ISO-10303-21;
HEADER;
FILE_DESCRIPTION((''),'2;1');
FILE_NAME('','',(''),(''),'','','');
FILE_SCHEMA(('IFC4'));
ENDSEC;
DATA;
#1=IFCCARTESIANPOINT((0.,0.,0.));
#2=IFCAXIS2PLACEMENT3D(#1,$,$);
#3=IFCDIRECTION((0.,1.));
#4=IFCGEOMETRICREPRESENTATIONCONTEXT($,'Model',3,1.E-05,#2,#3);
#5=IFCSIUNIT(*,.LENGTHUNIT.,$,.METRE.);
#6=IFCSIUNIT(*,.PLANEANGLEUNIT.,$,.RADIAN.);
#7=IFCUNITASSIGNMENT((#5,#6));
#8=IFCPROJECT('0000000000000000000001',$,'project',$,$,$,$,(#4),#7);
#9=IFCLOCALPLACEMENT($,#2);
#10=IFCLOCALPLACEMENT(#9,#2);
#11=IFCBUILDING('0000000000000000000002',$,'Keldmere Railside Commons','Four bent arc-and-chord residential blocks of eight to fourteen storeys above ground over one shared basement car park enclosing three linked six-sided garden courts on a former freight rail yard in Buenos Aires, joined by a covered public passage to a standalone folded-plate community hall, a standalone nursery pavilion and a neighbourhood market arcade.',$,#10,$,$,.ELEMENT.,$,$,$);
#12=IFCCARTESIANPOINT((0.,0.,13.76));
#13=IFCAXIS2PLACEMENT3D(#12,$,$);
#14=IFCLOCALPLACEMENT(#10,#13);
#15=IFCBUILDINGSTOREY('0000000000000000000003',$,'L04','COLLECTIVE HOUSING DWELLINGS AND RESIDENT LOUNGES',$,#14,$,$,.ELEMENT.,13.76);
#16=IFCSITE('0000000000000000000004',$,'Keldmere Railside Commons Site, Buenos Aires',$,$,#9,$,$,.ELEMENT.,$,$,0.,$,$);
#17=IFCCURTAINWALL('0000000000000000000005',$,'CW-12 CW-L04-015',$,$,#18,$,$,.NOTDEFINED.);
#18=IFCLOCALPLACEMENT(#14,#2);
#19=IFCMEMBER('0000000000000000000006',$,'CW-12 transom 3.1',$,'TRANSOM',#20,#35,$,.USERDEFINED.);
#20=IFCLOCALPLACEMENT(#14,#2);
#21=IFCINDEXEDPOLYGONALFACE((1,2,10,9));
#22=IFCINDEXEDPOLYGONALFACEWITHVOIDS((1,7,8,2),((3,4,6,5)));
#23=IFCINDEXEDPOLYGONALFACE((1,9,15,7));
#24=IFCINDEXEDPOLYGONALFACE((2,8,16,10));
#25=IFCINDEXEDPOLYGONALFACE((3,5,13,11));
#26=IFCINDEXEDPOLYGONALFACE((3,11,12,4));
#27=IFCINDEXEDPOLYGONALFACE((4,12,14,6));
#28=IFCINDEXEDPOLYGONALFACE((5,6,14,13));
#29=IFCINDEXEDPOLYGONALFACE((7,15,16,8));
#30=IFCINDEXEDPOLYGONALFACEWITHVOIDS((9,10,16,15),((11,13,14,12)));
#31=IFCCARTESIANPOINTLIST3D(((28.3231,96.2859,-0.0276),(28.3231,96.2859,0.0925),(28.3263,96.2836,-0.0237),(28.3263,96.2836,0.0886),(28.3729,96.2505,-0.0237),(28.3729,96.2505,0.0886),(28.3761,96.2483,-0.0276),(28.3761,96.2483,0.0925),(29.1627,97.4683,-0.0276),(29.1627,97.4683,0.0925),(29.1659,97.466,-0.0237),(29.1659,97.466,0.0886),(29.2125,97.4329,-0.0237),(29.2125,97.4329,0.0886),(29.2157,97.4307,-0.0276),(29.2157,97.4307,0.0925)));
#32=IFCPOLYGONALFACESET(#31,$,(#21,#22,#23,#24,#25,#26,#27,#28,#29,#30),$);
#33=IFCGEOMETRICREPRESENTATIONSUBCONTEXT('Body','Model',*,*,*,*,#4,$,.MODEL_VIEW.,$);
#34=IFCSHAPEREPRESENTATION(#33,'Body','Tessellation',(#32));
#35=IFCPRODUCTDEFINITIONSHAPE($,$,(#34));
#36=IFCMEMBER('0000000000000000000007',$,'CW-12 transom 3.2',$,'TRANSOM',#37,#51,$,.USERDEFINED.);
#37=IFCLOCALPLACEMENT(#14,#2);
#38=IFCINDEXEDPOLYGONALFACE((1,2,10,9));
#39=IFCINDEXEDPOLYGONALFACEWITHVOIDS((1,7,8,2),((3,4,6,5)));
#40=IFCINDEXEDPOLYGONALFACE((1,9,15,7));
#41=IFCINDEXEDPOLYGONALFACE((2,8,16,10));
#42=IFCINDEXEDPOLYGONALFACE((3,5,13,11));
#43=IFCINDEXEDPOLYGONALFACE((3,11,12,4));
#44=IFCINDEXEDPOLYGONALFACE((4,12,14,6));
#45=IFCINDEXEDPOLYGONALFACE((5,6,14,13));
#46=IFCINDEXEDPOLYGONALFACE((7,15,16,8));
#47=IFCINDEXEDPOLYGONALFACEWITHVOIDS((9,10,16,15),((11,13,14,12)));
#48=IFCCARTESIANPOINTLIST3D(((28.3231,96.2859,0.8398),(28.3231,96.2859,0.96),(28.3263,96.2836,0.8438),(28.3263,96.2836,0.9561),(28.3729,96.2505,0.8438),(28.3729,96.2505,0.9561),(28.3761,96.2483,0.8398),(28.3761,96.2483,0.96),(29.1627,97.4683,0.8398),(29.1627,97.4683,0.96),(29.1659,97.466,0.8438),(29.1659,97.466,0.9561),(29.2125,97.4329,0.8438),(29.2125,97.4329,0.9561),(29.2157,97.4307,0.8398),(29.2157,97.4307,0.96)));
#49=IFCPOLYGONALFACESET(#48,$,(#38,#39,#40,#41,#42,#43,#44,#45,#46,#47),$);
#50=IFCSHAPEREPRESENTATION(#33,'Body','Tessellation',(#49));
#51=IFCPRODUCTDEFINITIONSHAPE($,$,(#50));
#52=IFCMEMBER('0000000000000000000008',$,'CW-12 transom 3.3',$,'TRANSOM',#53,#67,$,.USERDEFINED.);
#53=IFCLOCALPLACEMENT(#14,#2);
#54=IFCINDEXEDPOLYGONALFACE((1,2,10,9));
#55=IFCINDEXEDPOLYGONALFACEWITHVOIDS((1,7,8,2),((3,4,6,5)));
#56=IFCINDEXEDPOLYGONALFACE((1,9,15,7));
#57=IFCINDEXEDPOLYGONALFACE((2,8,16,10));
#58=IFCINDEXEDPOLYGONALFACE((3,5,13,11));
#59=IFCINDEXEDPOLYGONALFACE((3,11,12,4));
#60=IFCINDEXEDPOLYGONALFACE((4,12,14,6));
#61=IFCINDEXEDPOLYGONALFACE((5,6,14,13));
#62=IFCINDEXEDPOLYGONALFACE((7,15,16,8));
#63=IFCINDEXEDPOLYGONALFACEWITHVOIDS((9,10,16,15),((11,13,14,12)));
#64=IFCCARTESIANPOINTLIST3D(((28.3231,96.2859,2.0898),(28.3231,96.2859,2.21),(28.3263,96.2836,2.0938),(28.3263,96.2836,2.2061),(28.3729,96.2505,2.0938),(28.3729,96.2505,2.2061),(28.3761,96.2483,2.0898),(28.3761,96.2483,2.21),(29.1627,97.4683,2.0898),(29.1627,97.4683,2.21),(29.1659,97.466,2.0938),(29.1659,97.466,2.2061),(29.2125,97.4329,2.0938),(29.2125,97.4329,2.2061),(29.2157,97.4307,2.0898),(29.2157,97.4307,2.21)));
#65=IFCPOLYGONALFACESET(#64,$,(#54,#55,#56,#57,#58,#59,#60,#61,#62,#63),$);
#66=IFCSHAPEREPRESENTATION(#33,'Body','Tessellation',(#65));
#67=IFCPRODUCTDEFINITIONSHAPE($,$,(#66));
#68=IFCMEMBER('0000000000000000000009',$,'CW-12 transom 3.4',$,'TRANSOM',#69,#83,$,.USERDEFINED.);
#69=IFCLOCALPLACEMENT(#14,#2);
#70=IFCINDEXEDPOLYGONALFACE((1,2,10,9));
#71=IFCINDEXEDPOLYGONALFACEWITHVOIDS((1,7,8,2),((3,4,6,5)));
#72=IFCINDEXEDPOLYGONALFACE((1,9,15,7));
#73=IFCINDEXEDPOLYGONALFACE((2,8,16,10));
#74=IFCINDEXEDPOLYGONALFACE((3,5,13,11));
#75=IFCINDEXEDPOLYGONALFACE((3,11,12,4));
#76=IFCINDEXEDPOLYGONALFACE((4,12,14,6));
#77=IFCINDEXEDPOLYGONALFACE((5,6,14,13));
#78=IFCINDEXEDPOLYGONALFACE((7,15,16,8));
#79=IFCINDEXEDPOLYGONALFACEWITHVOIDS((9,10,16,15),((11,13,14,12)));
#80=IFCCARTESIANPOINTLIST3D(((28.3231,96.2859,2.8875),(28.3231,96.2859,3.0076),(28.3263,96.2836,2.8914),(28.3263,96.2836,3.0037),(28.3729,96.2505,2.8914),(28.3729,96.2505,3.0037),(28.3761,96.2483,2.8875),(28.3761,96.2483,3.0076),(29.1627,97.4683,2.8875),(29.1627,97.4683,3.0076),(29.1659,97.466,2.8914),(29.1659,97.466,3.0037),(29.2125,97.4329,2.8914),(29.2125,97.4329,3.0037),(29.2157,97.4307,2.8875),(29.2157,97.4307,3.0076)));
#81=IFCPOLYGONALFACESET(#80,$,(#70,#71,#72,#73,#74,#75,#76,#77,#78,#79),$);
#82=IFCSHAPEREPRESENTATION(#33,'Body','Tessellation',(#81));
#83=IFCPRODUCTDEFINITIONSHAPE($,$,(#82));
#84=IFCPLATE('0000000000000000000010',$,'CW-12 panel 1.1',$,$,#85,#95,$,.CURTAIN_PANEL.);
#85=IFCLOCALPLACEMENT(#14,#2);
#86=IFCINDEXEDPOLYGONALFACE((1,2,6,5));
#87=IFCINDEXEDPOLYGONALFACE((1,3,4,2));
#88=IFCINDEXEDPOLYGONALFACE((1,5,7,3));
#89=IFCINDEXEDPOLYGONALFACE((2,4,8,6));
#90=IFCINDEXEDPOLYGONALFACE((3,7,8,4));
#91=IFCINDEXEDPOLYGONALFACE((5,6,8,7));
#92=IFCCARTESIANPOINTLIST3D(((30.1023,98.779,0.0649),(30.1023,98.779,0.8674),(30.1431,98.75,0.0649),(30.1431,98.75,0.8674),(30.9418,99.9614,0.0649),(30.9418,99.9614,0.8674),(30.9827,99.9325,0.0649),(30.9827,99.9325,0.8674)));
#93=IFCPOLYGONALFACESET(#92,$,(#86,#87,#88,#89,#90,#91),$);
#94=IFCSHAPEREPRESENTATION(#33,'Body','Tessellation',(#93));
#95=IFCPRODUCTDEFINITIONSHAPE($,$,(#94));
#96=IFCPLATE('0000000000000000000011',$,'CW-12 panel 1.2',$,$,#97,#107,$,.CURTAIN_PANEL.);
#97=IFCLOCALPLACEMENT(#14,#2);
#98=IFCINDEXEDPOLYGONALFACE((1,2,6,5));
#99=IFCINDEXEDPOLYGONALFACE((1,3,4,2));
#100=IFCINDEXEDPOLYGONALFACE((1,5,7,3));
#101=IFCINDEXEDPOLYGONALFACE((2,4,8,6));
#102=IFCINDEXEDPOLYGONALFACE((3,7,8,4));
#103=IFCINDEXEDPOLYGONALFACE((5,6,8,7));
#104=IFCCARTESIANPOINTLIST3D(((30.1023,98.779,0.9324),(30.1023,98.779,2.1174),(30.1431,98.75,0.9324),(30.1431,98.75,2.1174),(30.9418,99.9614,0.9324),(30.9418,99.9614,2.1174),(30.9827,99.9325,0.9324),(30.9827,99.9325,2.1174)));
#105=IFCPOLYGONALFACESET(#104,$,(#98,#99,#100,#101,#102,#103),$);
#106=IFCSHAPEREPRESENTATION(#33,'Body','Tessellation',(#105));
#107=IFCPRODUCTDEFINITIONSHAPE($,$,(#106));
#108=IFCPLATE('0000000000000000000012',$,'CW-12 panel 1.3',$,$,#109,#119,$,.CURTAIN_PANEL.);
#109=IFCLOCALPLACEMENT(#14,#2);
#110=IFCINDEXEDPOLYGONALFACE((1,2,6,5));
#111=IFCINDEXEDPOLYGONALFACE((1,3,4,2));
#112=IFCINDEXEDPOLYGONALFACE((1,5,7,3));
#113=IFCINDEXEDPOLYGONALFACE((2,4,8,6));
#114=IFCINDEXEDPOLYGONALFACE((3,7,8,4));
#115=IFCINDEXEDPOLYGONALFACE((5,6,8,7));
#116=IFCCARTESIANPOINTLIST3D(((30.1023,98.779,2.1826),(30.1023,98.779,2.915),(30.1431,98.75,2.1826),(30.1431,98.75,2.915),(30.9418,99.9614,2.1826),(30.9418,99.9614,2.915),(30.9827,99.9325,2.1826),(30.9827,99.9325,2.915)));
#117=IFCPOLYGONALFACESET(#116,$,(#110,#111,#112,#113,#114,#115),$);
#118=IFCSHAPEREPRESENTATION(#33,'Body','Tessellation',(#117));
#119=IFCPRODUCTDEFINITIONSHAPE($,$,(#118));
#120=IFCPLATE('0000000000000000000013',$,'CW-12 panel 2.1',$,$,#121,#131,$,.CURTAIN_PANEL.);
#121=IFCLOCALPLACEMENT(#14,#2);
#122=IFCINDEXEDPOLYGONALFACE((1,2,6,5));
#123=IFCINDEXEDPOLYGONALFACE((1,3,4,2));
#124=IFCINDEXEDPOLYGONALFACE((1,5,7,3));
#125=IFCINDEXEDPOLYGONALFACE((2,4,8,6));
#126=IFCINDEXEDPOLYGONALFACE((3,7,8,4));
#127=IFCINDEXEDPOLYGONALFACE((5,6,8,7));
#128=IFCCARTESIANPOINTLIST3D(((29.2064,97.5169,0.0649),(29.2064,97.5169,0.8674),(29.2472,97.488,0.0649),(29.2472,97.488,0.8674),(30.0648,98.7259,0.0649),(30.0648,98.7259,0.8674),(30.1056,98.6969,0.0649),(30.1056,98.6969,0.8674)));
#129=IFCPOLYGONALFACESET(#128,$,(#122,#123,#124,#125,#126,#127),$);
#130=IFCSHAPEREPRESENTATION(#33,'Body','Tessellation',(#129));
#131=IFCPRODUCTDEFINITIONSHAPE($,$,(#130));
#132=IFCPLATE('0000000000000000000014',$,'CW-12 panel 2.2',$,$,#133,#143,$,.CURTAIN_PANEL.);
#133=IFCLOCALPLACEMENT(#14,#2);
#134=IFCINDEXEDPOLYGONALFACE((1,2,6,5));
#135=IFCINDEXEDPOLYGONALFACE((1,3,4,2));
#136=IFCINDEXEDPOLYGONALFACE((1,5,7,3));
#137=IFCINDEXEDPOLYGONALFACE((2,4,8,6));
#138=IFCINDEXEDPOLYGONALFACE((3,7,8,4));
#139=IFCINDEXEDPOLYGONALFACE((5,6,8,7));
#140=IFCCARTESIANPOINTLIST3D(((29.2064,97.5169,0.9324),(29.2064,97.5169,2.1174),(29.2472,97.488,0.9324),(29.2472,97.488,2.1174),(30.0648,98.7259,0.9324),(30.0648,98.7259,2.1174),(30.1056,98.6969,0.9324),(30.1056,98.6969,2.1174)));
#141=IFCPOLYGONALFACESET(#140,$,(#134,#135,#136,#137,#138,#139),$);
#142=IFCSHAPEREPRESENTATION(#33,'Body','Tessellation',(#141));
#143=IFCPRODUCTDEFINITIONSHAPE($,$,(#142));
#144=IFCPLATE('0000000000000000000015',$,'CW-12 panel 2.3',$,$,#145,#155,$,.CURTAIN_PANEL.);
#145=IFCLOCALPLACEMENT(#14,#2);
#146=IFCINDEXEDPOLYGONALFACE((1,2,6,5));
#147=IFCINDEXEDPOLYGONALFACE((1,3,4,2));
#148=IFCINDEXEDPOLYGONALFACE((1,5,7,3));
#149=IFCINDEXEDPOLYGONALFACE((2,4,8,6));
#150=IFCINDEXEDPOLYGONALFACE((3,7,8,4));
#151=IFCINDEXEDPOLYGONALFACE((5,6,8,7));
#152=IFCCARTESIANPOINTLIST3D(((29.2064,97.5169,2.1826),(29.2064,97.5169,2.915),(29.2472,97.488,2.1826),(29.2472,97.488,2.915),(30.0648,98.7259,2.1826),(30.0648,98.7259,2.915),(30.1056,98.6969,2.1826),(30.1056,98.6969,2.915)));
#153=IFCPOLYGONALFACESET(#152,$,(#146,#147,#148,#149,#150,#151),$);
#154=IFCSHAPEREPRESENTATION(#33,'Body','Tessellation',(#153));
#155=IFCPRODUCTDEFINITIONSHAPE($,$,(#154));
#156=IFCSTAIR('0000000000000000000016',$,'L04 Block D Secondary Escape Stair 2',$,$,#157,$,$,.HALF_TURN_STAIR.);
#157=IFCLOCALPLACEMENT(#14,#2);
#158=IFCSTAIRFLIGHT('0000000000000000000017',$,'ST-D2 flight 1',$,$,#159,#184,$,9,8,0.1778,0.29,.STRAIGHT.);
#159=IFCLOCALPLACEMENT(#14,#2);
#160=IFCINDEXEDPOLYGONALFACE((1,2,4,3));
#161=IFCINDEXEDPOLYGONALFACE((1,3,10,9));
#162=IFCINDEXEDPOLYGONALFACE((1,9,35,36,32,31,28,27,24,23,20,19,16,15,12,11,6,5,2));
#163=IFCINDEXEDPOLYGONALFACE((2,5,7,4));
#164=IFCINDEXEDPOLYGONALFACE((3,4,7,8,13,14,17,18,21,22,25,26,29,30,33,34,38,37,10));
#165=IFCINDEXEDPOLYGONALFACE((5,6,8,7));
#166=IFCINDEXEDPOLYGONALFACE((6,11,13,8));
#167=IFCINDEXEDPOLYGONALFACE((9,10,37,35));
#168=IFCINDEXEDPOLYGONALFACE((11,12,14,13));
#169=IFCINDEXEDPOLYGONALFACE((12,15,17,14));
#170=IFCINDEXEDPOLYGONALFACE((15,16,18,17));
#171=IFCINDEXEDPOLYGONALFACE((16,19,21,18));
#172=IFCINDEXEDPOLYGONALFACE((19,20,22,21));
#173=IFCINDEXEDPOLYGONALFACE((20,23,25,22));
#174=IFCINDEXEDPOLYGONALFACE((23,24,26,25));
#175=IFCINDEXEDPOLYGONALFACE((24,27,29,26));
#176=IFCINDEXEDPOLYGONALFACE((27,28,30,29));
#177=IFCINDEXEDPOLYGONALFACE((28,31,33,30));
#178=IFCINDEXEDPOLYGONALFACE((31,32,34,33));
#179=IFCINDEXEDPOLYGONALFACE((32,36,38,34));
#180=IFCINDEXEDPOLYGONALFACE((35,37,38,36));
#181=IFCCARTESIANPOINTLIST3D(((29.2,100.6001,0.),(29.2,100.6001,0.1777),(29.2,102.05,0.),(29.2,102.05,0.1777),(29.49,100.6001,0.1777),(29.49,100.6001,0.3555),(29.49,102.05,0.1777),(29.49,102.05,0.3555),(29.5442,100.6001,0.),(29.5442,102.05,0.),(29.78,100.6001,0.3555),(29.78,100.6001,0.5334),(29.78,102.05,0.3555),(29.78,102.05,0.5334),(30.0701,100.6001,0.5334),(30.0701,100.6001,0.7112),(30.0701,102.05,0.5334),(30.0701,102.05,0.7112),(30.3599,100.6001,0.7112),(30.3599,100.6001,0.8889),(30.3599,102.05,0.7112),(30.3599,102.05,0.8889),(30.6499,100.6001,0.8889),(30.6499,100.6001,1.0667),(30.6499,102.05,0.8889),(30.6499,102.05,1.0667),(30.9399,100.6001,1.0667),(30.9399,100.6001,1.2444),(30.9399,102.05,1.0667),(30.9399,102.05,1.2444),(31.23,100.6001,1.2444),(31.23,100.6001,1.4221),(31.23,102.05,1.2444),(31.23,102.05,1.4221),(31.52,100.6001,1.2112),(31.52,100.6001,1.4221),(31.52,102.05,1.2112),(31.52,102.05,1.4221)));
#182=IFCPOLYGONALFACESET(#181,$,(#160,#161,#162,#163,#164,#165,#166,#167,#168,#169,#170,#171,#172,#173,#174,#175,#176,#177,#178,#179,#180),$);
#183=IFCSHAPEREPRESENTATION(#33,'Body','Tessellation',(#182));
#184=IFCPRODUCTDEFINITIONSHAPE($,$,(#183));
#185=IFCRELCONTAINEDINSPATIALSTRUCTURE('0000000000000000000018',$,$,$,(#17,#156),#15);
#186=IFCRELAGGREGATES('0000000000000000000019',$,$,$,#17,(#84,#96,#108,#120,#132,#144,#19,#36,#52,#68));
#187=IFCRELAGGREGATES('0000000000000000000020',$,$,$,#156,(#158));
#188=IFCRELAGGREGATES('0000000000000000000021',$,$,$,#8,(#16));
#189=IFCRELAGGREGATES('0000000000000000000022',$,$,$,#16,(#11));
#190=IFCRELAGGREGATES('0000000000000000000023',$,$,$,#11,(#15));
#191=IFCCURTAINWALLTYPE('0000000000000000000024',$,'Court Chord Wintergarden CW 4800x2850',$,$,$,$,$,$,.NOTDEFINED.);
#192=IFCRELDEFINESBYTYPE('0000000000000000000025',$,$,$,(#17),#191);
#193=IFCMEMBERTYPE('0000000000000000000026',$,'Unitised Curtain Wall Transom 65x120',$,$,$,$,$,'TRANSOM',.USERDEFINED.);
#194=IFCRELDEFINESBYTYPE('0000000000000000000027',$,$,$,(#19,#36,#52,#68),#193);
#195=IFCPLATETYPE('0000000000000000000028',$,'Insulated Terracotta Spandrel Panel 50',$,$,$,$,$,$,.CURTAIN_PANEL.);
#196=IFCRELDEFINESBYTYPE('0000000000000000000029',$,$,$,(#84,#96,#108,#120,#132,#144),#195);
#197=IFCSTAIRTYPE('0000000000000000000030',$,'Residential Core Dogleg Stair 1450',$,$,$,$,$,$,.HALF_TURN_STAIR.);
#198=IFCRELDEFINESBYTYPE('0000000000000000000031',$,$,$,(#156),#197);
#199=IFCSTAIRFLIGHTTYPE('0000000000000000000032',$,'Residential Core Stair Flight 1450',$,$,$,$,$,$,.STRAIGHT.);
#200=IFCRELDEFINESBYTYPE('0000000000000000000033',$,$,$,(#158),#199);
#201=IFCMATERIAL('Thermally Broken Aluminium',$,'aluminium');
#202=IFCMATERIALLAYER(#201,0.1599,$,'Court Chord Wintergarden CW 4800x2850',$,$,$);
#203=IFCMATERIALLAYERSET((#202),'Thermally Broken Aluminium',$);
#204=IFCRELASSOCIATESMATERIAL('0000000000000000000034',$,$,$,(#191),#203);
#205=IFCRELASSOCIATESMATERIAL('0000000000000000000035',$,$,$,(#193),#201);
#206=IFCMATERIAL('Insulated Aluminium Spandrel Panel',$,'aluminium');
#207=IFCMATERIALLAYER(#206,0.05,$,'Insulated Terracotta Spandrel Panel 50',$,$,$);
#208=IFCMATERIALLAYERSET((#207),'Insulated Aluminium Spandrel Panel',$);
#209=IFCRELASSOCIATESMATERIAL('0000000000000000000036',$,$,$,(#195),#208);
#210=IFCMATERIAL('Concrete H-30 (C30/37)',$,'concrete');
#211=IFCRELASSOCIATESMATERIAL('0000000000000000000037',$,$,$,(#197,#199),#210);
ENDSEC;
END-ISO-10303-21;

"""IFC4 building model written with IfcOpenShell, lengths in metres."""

from ifc_helpers import new_model, si_unit, direction, frame, origin, origin_2d, place, context, subcontext, project, spatial, polyline, rectangle, hollow_rectangle, outline, extrude, material, layer, layer_set, material_profile, profile_set, type_object, element, aggregate, save


model = new_model("IFC4")

# Units and contexts
model_context = context("Model", 3, precision=1e-05, world=origin(), true_north=direction((0.0, 1.0)))
body_context = subcontext(model_context, "Body", "Model", "MODEL_VIEW")
ifc_project = project(units=[si_unit("LENGTHUNIT", "METRE"), si_unit("PLANEANGLEUNIT", "RADIAN")], contexts=[model_context])

# Site, building, storey
site_placement = place(None, origin())
site = spatial("IfcSite", under=ifc_project, at=site_placement, Name="Keldmere Railside Commons Site, Buenos Aires", CompositionType="ELEMENT", RefElevation=0.0)
building_placement = place(site_placement, origin())
building = spatial("IfcBuilding", under=site, at=building_placement, Name="Keldmere Railside Commons", Description="Four bent arc-and-chord residential blocks of eight to fourteen storeys above ground over one shared basement car park enclosing three linked six-sided garden courts on a former freight rail yard in Buenos Aires, joined by a covered public passage to a standalone folded-plate community hall, a standalone nursery pavilion and a neighbourhood market arcade.", CompositionType="ELEMENT")
storey_placement = place(building_placement, frame((0.0, 0.0, 13.76)))
storey = spatial("IfcBuildingStorey", under=building, at=storey_placement, Name="L04", Description="COLLECTIVE HOUSING DWELLINGS AND RESIDENT LOUNGES", CompositionType="ELEMENT", Elevation=13.76)

# Curtain wall, members, plates
ifc_material_1 = material(Name="Thermally Broken Aluminium", Category="aluminium")
ifc_layer_1 = layer(ifc_material_1, 0.1599, Name="Court Chord Wintergarden CW 4800x2850")
ifc_layer_set_1 = layer_set([ifc_layer_1], Name="Thermally Broken Aluminium")
curtain_wall_type = type_object("IfcCurtainWallType", Name="Court Chord Wintergarden CW 4800x2850", PredefinedType="NOTDEFINED", material=ifc_layer_set_1)
curtain_wall_placement = place(storey_placement, origin())
curtain_wall = element("IfcCurtainWall", 1, at=curtain_wall_placement, inside=storey, type_object=curtain_wall_type, Name="CW-12 CW-L04-015", PredefinedType="NOTDEFINED")
ifc_material_profile_1 = material_profile(ifc_material_1, hollow_rectangle(XDim=0.0649, YDim=0.1201, WallThickness=0.0039, at=origin_2d()), Name="ALU-TRAN-65x120")
ifc_profile_set_1 = profile_set([ifc_material_profile_1], Name="Thermally Broken Aluminium")
member_type_1 = type_object("IfcMemberType", Name="Unitised Curtain Wall Transom 65x120", ElementType="TRANSOM", PredefinedType="USERDEFINED", material=ifc_profile_set_1)
member_1_placement = place(storey_placement, frame((29.1892, 97.4495, 0.0325), z_axis=(-0.578975, -0.815346, 0.0), x_axis=(0.815346, -0.578975, 0.0)))
member_1 = element("IfcMember", 2, at=member_1_placement, type_object=member_type_1, Name="CW-12 transom 3.1", ObjectType="TRANSOM", PredefinedType="USERDEFINED", context=body_context, shape_type="SweptSolid", body=[
    extrude(hollow_rectangle(XDim=0.0649, YDim=0.1201, WallThickness=0.0039, at=origin_2d()), origin(), (0.0, 0.0, 1.0), 1.4502),
])
member_2_placement = place(storey_placement, frame((29.1892, 97.4495, 0.8999), z_axis=(-0.578975, -0.815346, 0.0), x_axis=(0.815346, -0.578975, 0.0)))
member_2 = element("IfcMember", 3, at=member_2_placement, type_object=member_type_1, Name="CW-12 transom 3.2", ObjectType="TRANSOM", PredefinedType="USERDEFINED", context=body_context, shape_type="SweptSolid", body=[
    extrude(hollow_rectangle(XDim=0.0649, YDim=0.1201, WallThickness=0.0039, at=origin_2d()), origin(), (0.0, 0.0, 1.0), 1.4502),
])
member_3_placement = place(storey_placement, frame((29.1892, 97.4495, 2.1499), z_axis=(-0.578975, -0.815346, 0.0), x_axis=(0.815346, -0.578975, 0.0)))
member_3 = element("IfcMember", 4, at=member_3_placement, type_object=member_type_1, Name="CW-12 transom 3.3", ObjectType="TRANSOM", PredefinedType="USERDEFINED", context=body_context, shape_type="SweptSolid", body=[
    extrude(hollow_rectangle(XDim=0.0649, YDim=0.1201, WallThickness=0.0039, at=origin_2d()), origin(), (0.0, 0.0, 1.0), 1.4502),
])
member_4_placement = place(storey_placement, frame((29.1892, 97.4495, 2.9475), z_axis=(-0.578975, -0.815346, 0.0), x_axis=(0.815346, -0.578975, 0.0)))
member_4 = element("IfcMember", 5, at=member_4_placement, type_object=member_type_1, Name="CW-12 transom 3.4", ObjectType="TRANSOM", PredefinedType="USERDEFINED", context=body_context, shape_type="SweptSolid", body=[
    extrude(hollow_rectangle(XDim=0.0649, YDim=0.1201, WallThickness=0.0039, at=origin_2d()), origin(), (0.0, 0.0, 1.0), 1.4502),
])
ifc_material_2 = material(Name="Insulated Aluminium Spandrel Panel", Category="aluminium")
ifc_layer_2 = layer(ifc_material_2, 0.05, Name="Insulated Terracotta Spandrel Panel 50")
ifc_layer_set_2 = layer_set([ifc_layer_2], Name="Insulated Aluminium Spandrel Panel")
plate_type = type_object("IfcPlateType", Name="Insulated Terracotta Spandrel Panel 50", PredefinedType="CURTAIN_PANEL", material=ifc_layer_set_2)
plate_1_placement = place(storey_placement, frame((30.5425, 99.3557, 0.0649), z_axis=(0.0, 0.0, 1.0), x_axis=(-0.578913, -0.815389, 0.0)))
plate_1 = element("IfcPlate", 6, at=plate_1_placement, type_object=plate_type, Name="CW-12 panel 1.1", PredefinedType="CURTAIN_PANEL", context=body_context, shape_type="SweptSolid", body=[
    extrude(rectangle(XDim=1.4502, YDim=0.05, at=origin_2d()), origin(), (0.0, 0.0, 1.0), 0.8025),
])
plate_2_placement = place(storey_placement, frame((30.5425, 99.3557, 0.9324), z_axis=(0.0, 0.0, 1.0), x_axis=(-0.578913, -0.815389, 0.0)))
plate_2 = element("IfcPlate", 7, at=plate_2_placement, type_object=plate_type, Name="CW-12 panel 1.2", PredefinedType="CURTAIN_PANEL", context=body_context, shape_type="SweptSolid", body=[
    extrude(rectangle(XDim=1.4502, YDim=0.05, at=origin_2d()), origin(), (0.0, 0.0, 1.0), 1.1851),
])
plate_3_placement = place(storey_placement, frame((30.5425, 99.3557, 2.1826), z_axis=(0.0, 0.0, 1.0), x_axis=(-0.578913, -0.815389, 0.0)))
plate_3 = element("IfcPlate", 8, at=plate_3_placement, type_object=plate_type, Name="CW-12 panel 1.3", PredefinedType="CURTAIN_PANEL", context=body_context, shape_type="SweptSolid", body=[
    extrude(rectangle(XDim=1.4502, YDim=0.05, at=origin_2d()), origin(), (0.0, 0.0, 1.0), 0.7324),
])
plate_4_placement = place(storey_placement, frame((29.656, 98.1069, 0.0649), z_axis=(0.0, 0.0, 1.0), x_axis=(-0.578913, -0.815389, 0.0)))
plate_4 = element("IfcPlate", 9, at=plate_4_placement, type_object=plate_type, Name="CW-12 panel 2.1", PredefinedType="CURTAIN_PANEL", context=body_context, shape_type="SweptSolid", body=[
    extrude(rectangle(XDim=1.4827, YDim=0.05, at=origin_2d()), origin(), (0.0, 0.0, 1.0), 0.8025),
])
plate_5_placement = place(storey_placement, frame((29.656, 98.1069, 0.9324), z_axis=(0.0, 0.0, 1.0), x_axis=(-0.578913, -0.815389, 0.0)))
plate_5 = element("IfcPlate", 10, at=plate_5_placement, type_object=plate_type, Name="CW-12 panel 2.2", PredefinedType="CURTAIN_PANEL", context=body_context, shape_type="SweptSolid", body=[
    extrude(rectangle(XDim=1.4827, YDim=0.05, at=origin_2d()), origin(), (0.0, 0.0, 1.0), 1.1851),
])
plate_6_placement = place(storey_placement, frame((29.656, 98.1069, 2.1826), z_axis=(0.0, 0.0, 1.0), x_axis=(-0.578913, -0.815389, 0.0)))
plate_6 = element("IfcPlate", 11, at=plate_6_placement, type_object=plate_type, Name="CW-12 panel 2.3", PredefinedType="CURTAIN_PANEL", context=body_context, shape_type="SweptSolid", body=[
    extrude(rectangle(XDim=1.4827, YDim=0.05, at=origin_2d()), origin(), (0.0, 0.0, 1.0), 0.7324),
])
aggregate(curtain_wall, [plate_1, plate_2, plate_3, plate_4, plate_5, plate_6, member_1, member_2, member_3, member_4])

# Stair, stair flight
ifc_material_3 = material(Name="Concrete H-30 (C30/37)", Category="concrete")
stair_type = type_object("IfcStairType", Name="Residential Core Dogleg Stair 1450", PredefinedType="HALF_TURN_STAIR", material=ifc_material_3)
stair_placement = place(storey_placement, origin())
stair = element("IfcStair", 12, at=stair_placement, inside=storey, type_object=stair_type, Name="L04 Block D Secondary Escape Stair 2", PredefinedType="HALF_TURN_STAIR")
stair_flight_type = type_object("IfcStairFlightType", Name="Residential Core Stair Flight 1450", PredefinedType="STRAIGHT", material=ifc_material_3)
stair_flight_placement = place(storey_placement, frame((29.2, 101.325, 0.0), z_axis=(0.0, 0.0, 1.0), x_axis=(1.0, 0.0, 0.0)))
stair_flight = element("IfcStairFlight", 13, at=stair_flight_placement, type_object=stair_flight_type, Name="ST-D2 flight 1", NumberOfRisers=9, NumberOfTreads=8, PredefinedType="STRAIGHT", RiserHeight=0.1778, TreadLength=0.29, context=body_context, shape_type="SweptSolid", body=[
    extrude(outline(polyline([(0.0, 0.0), (0.0, 0.1777), (0.29, 0.1777), (0.29, 0.3555), (0.5801, 0.3555), (0.5801, 0.5334), (0.8701, 0.5334), (0.8701, 0.7112), (1.1599, 0.7112), (1.1599, 0.8889), (1.45, 0.8889), (1.45, 1.0667), (1.74, 1.0667), (1.74, 1.2444), (2.03, 1.2444), (2.03, 1.4221), (2.3201, 1.4221), (2.3201, 1.6001), (2.3201, 1.2112), (0.3442, 0.0), (0.0, 0.0)])), frame((0.0, 0.7251, 0.0), z_axis=(0.0, -1.0, 0.0), x_axis=(1.0, 0.0, 0.0)), (0.0, 0.0, 1.0), 1.45),
])
aggregate(stair, [stair_flight])

save(model, "model.ifc")
